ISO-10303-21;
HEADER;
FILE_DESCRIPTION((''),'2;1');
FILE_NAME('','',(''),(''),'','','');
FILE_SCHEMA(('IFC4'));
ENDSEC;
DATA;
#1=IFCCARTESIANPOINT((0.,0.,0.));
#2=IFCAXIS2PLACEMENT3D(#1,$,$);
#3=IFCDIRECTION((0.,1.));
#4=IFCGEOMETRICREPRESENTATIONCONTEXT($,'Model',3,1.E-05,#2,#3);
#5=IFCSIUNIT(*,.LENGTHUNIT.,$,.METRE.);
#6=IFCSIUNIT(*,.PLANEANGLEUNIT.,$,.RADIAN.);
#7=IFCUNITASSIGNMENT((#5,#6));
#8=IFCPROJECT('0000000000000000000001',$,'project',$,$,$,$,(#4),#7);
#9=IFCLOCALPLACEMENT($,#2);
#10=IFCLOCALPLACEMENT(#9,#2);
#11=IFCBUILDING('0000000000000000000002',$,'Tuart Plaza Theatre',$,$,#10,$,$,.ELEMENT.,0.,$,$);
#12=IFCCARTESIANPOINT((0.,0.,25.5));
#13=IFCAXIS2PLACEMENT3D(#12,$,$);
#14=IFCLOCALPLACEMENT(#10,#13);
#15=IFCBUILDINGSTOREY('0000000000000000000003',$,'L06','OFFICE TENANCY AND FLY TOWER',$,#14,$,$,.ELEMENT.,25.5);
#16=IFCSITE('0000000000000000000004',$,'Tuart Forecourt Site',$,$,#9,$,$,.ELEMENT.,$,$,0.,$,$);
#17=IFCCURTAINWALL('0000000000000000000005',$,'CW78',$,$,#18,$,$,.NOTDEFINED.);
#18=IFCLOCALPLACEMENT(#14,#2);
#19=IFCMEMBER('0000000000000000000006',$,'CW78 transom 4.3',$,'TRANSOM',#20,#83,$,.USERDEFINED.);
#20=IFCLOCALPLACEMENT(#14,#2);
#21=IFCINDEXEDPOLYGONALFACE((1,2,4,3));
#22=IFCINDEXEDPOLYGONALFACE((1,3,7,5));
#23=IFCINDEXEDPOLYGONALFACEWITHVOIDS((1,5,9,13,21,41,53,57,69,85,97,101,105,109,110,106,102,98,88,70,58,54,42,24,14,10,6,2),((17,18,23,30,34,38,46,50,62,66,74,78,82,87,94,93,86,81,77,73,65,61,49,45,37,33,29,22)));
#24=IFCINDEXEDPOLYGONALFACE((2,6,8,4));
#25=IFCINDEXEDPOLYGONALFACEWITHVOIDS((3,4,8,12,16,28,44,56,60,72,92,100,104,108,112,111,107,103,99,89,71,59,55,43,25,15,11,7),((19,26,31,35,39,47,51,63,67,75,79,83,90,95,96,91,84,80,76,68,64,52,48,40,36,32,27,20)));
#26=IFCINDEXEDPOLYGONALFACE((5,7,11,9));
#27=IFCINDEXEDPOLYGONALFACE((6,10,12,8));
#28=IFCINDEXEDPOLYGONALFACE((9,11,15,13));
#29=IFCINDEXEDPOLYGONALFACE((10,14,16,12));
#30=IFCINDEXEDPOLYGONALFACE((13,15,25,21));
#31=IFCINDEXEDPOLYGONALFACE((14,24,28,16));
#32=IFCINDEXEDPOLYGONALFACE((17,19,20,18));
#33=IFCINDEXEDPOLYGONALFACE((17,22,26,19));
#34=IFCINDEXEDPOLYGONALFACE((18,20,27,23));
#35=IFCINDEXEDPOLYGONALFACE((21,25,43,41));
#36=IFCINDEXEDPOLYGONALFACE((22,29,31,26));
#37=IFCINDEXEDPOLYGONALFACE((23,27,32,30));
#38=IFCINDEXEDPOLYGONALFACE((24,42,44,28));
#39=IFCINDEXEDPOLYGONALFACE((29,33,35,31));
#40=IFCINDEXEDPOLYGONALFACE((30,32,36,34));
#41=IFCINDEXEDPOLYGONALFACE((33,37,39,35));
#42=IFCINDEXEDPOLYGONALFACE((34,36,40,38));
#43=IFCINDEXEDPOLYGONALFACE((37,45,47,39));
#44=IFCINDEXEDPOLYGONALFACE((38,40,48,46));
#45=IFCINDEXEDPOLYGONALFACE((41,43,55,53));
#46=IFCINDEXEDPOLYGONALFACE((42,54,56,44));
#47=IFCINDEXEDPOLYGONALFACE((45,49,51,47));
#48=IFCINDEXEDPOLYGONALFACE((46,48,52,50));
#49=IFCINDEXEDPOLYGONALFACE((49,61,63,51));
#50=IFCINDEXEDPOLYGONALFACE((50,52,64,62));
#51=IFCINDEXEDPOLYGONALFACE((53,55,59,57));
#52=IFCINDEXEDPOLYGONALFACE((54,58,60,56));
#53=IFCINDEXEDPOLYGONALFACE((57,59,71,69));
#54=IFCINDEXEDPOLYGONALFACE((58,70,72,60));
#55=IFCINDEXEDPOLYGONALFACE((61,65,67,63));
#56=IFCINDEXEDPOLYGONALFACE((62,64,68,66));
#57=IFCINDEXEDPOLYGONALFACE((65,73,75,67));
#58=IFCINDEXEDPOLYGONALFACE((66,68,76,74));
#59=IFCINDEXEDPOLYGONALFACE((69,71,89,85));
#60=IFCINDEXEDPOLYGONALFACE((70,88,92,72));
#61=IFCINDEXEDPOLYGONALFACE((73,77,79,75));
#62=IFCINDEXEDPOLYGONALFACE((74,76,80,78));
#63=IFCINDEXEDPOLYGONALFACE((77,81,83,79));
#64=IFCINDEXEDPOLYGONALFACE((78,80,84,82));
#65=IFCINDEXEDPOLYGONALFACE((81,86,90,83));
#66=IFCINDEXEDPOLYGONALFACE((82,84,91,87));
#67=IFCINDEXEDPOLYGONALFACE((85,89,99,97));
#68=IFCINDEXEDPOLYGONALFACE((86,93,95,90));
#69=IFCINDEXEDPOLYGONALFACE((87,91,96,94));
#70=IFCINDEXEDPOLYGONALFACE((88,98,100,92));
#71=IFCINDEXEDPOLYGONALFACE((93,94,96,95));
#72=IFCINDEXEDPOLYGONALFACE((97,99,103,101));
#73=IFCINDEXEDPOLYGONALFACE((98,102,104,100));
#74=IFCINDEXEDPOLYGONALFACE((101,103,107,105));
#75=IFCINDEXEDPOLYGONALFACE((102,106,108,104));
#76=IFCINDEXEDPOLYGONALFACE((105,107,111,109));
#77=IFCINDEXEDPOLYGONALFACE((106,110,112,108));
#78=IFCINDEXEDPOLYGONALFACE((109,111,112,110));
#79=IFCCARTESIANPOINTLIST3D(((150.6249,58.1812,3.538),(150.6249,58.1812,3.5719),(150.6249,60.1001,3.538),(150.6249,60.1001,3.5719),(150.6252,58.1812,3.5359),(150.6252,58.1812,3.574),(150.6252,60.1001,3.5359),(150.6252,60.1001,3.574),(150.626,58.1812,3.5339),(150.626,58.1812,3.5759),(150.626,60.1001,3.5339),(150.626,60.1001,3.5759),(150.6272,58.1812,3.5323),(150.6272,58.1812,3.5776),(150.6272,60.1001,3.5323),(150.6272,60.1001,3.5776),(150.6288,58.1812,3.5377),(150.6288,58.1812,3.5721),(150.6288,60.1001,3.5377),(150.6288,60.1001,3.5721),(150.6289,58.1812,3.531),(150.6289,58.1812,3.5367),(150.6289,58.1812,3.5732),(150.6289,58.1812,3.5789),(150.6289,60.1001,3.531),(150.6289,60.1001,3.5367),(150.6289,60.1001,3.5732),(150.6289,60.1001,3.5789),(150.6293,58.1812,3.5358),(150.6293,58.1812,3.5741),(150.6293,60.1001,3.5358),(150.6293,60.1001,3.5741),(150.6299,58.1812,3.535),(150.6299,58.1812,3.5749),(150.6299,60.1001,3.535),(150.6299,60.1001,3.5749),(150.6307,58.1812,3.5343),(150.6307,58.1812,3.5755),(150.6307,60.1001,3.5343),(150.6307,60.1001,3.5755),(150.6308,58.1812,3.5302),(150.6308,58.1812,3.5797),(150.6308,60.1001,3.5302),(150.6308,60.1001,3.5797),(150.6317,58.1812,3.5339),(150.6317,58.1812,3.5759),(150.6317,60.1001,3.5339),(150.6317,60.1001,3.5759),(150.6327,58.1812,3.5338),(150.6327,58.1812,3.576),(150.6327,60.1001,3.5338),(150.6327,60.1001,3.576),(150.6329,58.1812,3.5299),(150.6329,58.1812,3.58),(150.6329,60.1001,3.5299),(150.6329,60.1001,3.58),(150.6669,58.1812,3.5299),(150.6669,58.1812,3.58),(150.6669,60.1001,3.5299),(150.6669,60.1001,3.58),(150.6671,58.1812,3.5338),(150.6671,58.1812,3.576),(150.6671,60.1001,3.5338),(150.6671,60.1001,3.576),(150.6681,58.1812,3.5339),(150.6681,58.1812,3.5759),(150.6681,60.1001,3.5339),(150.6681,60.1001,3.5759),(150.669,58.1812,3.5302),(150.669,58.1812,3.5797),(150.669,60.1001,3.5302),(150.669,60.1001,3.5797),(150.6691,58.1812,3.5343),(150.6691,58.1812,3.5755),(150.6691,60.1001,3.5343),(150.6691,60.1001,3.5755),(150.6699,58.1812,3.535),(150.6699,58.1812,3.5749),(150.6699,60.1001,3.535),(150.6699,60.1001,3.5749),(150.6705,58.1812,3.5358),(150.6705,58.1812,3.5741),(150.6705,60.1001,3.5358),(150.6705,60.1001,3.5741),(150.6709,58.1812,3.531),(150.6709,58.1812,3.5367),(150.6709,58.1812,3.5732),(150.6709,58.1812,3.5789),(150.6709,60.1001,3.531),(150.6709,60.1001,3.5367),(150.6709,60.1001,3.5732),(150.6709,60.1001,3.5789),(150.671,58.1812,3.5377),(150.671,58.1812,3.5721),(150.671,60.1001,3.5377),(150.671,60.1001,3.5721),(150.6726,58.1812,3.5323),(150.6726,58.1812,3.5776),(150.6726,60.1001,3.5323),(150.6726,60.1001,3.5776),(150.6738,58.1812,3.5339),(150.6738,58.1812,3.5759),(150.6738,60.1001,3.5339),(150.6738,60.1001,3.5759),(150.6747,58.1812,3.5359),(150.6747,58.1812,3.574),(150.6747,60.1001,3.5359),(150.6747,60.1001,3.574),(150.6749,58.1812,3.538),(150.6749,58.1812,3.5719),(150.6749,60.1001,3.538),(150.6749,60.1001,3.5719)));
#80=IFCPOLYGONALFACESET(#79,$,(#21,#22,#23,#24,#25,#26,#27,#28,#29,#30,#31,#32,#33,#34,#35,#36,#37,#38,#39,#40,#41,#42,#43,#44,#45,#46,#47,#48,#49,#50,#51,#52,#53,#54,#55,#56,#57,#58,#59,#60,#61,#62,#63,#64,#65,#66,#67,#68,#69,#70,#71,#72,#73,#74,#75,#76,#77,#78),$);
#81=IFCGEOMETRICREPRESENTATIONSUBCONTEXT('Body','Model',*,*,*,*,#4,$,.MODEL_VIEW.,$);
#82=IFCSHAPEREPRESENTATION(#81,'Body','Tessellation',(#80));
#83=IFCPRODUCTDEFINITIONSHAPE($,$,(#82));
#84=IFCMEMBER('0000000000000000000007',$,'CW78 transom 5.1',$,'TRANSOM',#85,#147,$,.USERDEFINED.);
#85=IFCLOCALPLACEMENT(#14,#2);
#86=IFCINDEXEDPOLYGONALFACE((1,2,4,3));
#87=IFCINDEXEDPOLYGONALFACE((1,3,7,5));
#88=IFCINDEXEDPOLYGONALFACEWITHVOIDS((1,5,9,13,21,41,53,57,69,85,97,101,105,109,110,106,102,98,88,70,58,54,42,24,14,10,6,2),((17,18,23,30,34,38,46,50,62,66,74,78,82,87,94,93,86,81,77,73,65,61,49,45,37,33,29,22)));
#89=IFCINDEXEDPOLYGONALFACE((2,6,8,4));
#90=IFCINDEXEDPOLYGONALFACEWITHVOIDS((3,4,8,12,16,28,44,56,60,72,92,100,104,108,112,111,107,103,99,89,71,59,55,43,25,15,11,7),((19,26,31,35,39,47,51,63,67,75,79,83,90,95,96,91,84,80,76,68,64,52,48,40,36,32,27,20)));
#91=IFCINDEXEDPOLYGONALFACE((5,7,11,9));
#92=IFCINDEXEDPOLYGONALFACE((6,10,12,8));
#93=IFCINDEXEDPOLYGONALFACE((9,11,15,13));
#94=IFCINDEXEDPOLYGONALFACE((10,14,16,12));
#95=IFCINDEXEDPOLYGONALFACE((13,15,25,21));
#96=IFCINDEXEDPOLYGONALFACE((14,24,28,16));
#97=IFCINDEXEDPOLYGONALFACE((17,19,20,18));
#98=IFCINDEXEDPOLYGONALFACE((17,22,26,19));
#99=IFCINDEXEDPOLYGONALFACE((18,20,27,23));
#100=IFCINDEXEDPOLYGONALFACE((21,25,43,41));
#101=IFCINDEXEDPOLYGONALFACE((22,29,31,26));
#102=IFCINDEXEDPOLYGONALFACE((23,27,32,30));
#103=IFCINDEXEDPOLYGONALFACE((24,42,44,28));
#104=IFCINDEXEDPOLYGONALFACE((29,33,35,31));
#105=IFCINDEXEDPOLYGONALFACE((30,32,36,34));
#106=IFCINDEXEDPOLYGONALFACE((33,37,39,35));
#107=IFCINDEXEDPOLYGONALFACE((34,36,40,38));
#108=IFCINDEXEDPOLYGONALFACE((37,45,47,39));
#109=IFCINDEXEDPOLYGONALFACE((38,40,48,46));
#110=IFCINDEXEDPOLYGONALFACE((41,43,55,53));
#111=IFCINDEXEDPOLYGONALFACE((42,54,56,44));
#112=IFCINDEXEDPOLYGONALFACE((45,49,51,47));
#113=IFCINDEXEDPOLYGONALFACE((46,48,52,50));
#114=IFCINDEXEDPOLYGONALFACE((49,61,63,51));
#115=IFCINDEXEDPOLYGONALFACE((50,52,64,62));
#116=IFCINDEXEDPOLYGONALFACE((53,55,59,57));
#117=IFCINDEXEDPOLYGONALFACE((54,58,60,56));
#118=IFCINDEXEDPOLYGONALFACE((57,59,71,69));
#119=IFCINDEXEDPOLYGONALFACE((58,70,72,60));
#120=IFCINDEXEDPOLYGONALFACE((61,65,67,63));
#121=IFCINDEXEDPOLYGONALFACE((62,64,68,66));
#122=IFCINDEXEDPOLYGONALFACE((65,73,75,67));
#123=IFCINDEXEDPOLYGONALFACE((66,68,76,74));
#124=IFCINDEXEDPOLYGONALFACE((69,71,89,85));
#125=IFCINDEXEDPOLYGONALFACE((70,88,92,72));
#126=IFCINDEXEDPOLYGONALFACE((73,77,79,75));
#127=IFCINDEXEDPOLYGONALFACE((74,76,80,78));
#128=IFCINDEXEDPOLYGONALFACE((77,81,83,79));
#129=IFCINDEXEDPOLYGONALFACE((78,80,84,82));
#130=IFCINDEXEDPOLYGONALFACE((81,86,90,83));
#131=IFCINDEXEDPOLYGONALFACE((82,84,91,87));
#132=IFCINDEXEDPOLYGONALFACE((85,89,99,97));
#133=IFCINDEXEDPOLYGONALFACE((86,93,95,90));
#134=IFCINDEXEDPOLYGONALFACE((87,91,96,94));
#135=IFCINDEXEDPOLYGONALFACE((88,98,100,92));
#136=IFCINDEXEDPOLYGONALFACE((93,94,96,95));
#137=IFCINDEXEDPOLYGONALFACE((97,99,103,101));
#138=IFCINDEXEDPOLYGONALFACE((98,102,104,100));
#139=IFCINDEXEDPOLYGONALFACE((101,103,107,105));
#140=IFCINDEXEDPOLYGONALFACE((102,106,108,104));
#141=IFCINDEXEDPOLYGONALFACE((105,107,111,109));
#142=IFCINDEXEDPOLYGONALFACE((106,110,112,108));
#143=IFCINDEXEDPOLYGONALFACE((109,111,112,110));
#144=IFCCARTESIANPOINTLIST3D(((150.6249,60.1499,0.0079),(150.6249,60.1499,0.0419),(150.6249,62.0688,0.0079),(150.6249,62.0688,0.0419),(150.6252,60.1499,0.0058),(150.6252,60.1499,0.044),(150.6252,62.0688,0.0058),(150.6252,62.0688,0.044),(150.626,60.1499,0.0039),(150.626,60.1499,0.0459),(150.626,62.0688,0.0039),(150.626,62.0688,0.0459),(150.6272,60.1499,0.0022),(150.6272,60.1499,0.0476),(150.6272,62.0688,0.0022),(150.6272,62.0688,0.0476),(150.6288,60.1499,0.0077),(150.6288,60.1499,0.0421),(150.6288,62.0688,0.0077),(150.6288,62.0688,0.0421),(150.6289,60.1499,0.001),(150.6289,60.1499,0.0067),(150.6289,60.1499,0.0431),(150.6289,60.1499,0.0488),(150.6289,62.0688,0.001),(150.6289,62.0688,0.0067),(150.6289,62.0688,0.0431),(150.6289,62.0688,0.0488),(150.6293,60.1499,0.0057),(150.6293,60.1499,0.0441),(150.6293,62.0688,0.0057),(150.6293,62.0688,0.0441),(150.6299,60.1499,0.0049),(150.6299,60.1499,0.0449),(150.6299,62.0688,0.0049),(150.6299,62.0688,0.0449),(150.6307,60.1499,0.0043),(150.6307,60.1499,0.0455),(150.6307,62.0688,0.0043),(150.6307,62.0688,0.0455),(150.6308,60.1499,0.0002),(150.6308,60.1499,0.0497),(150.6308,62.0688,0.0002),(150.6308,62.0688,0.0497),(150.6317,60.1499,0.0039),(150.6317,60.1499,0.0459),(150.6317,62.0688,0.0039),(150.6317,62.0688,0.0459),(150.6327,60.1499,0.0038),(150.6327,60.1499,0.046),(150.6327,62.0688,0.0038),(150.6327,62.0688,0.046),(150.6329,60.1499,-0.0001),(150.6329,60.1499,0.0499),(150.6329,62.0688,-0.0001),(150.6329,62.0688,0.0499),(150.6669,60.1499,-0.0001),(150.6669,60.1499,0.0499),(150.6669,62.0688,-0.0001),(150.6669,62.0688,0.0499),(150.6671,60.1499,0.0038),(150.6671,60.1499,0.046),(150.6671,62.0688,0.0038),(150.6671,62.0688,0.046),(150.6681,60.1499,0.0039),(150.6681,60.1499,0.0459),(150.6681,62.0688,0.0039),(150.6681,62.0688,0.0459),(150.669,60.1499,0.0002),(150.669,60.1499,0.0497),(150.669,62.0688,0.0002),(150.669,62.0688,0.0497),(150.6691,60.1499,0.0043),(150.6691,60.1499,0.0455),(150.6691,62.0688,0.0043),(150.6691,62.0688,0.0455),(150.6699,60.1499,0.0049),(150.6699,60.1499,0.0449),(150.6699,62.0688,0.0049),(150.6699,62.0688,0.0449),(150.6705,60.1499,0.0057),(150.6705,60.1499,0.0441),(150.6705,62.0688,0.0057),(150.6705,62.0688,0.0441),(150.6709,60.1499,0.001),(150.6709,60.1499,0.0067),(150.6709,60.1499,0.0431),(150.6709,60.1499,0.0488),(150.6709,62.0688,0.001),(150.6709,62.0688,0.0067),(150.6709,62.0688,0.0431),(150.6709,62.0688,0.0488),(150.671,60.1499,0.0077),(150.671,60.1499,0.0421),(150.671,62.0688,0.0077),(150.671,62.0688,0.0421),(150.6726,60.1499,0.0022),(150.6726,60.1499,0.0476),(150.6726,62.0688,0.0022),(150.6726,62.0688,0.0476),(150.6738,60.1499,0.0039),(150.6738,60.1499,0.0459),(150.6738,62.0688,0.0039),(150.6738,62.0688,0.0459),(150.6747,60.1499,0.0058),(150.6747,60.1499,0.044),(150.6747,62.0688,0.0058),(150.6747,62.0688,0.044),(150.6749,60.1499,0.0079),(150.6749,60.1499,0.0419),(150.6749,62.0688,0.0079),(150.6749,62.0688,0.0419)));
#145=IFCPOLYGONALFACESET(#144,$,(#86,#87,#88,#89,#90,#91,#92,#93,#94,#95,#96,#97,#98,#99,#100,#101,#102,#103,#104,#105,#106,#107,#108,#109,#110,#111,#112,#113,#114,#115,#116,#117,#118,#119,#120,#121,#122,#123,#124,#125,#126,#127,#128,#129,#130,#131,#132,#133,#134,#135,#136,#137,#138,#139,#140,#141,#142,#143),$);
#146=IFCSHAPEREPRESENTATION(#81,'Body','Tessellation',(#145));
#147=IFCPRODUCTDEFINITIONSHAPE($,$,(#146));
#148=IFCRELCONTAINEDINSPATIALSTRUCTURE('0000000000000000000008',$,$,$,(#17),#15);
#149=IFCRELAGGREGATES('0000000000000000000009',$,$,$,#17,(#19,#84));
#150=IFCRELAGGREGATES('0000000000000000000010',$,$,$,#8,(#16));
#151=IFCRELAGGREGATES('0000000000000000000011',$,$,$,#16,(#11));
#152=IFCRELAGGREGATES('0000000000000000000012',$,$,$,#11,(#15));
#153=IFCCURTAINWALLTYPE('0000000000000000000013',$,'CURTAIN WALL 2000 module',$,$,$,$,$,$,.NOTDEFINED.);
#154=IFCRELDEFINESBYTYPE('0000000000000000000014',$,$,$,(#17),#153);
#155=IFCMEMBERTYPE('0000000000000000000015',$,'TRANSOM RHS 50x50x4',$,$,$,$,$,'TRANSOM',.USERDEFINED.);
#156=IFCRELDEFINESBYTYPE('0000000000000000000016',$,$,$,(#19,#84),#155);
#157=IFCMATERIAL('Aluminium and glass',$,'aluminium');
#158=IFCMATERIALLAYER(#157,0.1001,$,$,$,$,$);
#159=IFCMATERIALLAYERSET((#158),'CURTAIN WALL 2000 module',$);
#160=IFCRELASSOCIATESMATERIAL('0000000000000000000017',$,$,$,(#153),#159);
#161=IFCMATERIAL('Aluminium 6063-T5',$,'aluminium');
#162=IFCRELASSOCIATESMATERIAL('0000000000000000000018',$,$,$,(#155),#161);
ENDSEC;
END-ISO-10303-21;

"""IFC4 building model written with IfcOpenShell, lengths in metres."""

from ifc_helpers import new_model, si_unit, direction, frame, origin, origin_2d, place, context, subcontext, project, spatial, hollow_rectangle, extrude, material, layer, layer_set, material_profile, profile_set, type_object, element, aggregate, save


model = new_model("IFC4")

# Units and contexts
model_context = context("Model", 3, precision=1e-05, world=origin(), true_north=direction((0.0, 1.0)))
body_context = subcontext(model_context, "Body", "Model", "MODEL_VIEW")
ifc_project = project(units=[si_unit("LENGTHUNIT", "METRE"), si_unit("PLANEANGLEUNIT", "RADIAN")], contexts=[model_context])

# Site, building, storey
site_placement = place(None, origin())
site = spatial("IfcSite", under=ifc_project, at=site_placement, Name="Tuart Forecourt Site", CompositionType="ELEMENT", RefElevation=0.0)
building_placement = place(site_placement, origin())
building = spatial("IfcBuilding", under=site, at=building_placement, Name="Tuart Plaza Theatre", CompositionType="ELEMENT", ElevationOfRefHeight=0.0)
storey_placement = place(building_placement, frame((0.0, 0.0, 25.5)))
storey = spatial("IfcBuildingStorey", under=building, at=storey_placement, Name="L06", Description="OFFICE TENANCY AND FLY TOWER", CompositionType="ELEMENT", Elevation=25.5)

# Curtain wall, members
ifc_material_1 = material(Name="Aluminium and glass", Category="aluminium")
ifc_layer_1 = layer(ifc_material_1, 0.1001)
ifc_layer_set_1 = layer_set([ifc_layer_1], Name="CURTAIN WALL 2000 module")
curtain_wall_type = type_object("IfcCurtainWallType", Name="CURTAIN WALL 2000 module", PredefinedType="NOTDEFINED", material=ifc_layer_set_1)
curtain_wall_placement = place(storey_placement, origin())
curtain_wall = element("IfcCurtainWall", 1, at=curtain_wall_placement, inside=storey, type_object=curtain_wall_type, Name="CW78", PredefinedType="NOTDEFINED")
ifc_material_2 = material(Name="Aluminium 6063-T5", Category="aluminium")
ifc_material_profile_1 = material_profile(ifc_material_2, hollow_rectangle(XDim=0.05, YDim=0.05, WallThickness=0.0039, InnerFilletRadius=0.0039, OuterFilletRadius=0.0081, at=origin_2d()), Name="RHS 50x50x4")
ifc_profile_set_1 = profile_set([ifc_material_profile_1], Name="Aluminium 6063-T5")
member_type_1 = type_object("IfcMemberType", Name="TRANSOM RHS 50x50x4", ElementType="TRANSOM", PredefinedType="USERDEFINED", material=ifc_profile_set_1)
member_1_placement = place(storey_placement, frame((150.6499, 58.1812, 3.5549), z_axis=(0.0, 1.0, 0.0), x_axis=(-1.0, 0.0, 0.0)))
member_1 = element("IfcMember", 2, at=member_1_placement, type_object=member_type_1, Name="CW78 transom 4.3", ObjectType="TRANSOM", PredefinedType="USERDEFINED", context=body_context, shape_type="SweptSolid", body=[
    extrude(hollow_rectangle(XDim=0.05, YDim=0.05, WallThickness=0.0039, InnerFilletRadius=0.0039, OuterFilletRadius=0.0081, at=origin_2d()), origin(), (0.0, 0.0, 1.0), 1.9189),
])
member_2_placement = place(storey_placement, frame((150.6499, 60.1499, 0.0249), z_axis=(0.0, 1.0, 0.0), x_axis=(-1.0, 0.0, 0.0)))
member_2 = element("IfcMember", 3, at=member_2_placement, type_object=member_type_1, Name="CW78 transom 5.1", ObjectType="TRANSOM", PredefinedType="USERDEFINED", context=body_context, shape_type="SweptSolid", body=[
    extrude(hollow_rectangle(XDim=0.05, YDim=0.05, WallThickness=0.0039, InnerFilletRadius=0.0039, OuterFilletRadius=0.0081, at=origin_2d()), origin(), (0.0, 0.0, 1.0), 1.9189),
])
aggregate(curtain_wall, [member_1, member_2])

save(model, "model.ifc")
